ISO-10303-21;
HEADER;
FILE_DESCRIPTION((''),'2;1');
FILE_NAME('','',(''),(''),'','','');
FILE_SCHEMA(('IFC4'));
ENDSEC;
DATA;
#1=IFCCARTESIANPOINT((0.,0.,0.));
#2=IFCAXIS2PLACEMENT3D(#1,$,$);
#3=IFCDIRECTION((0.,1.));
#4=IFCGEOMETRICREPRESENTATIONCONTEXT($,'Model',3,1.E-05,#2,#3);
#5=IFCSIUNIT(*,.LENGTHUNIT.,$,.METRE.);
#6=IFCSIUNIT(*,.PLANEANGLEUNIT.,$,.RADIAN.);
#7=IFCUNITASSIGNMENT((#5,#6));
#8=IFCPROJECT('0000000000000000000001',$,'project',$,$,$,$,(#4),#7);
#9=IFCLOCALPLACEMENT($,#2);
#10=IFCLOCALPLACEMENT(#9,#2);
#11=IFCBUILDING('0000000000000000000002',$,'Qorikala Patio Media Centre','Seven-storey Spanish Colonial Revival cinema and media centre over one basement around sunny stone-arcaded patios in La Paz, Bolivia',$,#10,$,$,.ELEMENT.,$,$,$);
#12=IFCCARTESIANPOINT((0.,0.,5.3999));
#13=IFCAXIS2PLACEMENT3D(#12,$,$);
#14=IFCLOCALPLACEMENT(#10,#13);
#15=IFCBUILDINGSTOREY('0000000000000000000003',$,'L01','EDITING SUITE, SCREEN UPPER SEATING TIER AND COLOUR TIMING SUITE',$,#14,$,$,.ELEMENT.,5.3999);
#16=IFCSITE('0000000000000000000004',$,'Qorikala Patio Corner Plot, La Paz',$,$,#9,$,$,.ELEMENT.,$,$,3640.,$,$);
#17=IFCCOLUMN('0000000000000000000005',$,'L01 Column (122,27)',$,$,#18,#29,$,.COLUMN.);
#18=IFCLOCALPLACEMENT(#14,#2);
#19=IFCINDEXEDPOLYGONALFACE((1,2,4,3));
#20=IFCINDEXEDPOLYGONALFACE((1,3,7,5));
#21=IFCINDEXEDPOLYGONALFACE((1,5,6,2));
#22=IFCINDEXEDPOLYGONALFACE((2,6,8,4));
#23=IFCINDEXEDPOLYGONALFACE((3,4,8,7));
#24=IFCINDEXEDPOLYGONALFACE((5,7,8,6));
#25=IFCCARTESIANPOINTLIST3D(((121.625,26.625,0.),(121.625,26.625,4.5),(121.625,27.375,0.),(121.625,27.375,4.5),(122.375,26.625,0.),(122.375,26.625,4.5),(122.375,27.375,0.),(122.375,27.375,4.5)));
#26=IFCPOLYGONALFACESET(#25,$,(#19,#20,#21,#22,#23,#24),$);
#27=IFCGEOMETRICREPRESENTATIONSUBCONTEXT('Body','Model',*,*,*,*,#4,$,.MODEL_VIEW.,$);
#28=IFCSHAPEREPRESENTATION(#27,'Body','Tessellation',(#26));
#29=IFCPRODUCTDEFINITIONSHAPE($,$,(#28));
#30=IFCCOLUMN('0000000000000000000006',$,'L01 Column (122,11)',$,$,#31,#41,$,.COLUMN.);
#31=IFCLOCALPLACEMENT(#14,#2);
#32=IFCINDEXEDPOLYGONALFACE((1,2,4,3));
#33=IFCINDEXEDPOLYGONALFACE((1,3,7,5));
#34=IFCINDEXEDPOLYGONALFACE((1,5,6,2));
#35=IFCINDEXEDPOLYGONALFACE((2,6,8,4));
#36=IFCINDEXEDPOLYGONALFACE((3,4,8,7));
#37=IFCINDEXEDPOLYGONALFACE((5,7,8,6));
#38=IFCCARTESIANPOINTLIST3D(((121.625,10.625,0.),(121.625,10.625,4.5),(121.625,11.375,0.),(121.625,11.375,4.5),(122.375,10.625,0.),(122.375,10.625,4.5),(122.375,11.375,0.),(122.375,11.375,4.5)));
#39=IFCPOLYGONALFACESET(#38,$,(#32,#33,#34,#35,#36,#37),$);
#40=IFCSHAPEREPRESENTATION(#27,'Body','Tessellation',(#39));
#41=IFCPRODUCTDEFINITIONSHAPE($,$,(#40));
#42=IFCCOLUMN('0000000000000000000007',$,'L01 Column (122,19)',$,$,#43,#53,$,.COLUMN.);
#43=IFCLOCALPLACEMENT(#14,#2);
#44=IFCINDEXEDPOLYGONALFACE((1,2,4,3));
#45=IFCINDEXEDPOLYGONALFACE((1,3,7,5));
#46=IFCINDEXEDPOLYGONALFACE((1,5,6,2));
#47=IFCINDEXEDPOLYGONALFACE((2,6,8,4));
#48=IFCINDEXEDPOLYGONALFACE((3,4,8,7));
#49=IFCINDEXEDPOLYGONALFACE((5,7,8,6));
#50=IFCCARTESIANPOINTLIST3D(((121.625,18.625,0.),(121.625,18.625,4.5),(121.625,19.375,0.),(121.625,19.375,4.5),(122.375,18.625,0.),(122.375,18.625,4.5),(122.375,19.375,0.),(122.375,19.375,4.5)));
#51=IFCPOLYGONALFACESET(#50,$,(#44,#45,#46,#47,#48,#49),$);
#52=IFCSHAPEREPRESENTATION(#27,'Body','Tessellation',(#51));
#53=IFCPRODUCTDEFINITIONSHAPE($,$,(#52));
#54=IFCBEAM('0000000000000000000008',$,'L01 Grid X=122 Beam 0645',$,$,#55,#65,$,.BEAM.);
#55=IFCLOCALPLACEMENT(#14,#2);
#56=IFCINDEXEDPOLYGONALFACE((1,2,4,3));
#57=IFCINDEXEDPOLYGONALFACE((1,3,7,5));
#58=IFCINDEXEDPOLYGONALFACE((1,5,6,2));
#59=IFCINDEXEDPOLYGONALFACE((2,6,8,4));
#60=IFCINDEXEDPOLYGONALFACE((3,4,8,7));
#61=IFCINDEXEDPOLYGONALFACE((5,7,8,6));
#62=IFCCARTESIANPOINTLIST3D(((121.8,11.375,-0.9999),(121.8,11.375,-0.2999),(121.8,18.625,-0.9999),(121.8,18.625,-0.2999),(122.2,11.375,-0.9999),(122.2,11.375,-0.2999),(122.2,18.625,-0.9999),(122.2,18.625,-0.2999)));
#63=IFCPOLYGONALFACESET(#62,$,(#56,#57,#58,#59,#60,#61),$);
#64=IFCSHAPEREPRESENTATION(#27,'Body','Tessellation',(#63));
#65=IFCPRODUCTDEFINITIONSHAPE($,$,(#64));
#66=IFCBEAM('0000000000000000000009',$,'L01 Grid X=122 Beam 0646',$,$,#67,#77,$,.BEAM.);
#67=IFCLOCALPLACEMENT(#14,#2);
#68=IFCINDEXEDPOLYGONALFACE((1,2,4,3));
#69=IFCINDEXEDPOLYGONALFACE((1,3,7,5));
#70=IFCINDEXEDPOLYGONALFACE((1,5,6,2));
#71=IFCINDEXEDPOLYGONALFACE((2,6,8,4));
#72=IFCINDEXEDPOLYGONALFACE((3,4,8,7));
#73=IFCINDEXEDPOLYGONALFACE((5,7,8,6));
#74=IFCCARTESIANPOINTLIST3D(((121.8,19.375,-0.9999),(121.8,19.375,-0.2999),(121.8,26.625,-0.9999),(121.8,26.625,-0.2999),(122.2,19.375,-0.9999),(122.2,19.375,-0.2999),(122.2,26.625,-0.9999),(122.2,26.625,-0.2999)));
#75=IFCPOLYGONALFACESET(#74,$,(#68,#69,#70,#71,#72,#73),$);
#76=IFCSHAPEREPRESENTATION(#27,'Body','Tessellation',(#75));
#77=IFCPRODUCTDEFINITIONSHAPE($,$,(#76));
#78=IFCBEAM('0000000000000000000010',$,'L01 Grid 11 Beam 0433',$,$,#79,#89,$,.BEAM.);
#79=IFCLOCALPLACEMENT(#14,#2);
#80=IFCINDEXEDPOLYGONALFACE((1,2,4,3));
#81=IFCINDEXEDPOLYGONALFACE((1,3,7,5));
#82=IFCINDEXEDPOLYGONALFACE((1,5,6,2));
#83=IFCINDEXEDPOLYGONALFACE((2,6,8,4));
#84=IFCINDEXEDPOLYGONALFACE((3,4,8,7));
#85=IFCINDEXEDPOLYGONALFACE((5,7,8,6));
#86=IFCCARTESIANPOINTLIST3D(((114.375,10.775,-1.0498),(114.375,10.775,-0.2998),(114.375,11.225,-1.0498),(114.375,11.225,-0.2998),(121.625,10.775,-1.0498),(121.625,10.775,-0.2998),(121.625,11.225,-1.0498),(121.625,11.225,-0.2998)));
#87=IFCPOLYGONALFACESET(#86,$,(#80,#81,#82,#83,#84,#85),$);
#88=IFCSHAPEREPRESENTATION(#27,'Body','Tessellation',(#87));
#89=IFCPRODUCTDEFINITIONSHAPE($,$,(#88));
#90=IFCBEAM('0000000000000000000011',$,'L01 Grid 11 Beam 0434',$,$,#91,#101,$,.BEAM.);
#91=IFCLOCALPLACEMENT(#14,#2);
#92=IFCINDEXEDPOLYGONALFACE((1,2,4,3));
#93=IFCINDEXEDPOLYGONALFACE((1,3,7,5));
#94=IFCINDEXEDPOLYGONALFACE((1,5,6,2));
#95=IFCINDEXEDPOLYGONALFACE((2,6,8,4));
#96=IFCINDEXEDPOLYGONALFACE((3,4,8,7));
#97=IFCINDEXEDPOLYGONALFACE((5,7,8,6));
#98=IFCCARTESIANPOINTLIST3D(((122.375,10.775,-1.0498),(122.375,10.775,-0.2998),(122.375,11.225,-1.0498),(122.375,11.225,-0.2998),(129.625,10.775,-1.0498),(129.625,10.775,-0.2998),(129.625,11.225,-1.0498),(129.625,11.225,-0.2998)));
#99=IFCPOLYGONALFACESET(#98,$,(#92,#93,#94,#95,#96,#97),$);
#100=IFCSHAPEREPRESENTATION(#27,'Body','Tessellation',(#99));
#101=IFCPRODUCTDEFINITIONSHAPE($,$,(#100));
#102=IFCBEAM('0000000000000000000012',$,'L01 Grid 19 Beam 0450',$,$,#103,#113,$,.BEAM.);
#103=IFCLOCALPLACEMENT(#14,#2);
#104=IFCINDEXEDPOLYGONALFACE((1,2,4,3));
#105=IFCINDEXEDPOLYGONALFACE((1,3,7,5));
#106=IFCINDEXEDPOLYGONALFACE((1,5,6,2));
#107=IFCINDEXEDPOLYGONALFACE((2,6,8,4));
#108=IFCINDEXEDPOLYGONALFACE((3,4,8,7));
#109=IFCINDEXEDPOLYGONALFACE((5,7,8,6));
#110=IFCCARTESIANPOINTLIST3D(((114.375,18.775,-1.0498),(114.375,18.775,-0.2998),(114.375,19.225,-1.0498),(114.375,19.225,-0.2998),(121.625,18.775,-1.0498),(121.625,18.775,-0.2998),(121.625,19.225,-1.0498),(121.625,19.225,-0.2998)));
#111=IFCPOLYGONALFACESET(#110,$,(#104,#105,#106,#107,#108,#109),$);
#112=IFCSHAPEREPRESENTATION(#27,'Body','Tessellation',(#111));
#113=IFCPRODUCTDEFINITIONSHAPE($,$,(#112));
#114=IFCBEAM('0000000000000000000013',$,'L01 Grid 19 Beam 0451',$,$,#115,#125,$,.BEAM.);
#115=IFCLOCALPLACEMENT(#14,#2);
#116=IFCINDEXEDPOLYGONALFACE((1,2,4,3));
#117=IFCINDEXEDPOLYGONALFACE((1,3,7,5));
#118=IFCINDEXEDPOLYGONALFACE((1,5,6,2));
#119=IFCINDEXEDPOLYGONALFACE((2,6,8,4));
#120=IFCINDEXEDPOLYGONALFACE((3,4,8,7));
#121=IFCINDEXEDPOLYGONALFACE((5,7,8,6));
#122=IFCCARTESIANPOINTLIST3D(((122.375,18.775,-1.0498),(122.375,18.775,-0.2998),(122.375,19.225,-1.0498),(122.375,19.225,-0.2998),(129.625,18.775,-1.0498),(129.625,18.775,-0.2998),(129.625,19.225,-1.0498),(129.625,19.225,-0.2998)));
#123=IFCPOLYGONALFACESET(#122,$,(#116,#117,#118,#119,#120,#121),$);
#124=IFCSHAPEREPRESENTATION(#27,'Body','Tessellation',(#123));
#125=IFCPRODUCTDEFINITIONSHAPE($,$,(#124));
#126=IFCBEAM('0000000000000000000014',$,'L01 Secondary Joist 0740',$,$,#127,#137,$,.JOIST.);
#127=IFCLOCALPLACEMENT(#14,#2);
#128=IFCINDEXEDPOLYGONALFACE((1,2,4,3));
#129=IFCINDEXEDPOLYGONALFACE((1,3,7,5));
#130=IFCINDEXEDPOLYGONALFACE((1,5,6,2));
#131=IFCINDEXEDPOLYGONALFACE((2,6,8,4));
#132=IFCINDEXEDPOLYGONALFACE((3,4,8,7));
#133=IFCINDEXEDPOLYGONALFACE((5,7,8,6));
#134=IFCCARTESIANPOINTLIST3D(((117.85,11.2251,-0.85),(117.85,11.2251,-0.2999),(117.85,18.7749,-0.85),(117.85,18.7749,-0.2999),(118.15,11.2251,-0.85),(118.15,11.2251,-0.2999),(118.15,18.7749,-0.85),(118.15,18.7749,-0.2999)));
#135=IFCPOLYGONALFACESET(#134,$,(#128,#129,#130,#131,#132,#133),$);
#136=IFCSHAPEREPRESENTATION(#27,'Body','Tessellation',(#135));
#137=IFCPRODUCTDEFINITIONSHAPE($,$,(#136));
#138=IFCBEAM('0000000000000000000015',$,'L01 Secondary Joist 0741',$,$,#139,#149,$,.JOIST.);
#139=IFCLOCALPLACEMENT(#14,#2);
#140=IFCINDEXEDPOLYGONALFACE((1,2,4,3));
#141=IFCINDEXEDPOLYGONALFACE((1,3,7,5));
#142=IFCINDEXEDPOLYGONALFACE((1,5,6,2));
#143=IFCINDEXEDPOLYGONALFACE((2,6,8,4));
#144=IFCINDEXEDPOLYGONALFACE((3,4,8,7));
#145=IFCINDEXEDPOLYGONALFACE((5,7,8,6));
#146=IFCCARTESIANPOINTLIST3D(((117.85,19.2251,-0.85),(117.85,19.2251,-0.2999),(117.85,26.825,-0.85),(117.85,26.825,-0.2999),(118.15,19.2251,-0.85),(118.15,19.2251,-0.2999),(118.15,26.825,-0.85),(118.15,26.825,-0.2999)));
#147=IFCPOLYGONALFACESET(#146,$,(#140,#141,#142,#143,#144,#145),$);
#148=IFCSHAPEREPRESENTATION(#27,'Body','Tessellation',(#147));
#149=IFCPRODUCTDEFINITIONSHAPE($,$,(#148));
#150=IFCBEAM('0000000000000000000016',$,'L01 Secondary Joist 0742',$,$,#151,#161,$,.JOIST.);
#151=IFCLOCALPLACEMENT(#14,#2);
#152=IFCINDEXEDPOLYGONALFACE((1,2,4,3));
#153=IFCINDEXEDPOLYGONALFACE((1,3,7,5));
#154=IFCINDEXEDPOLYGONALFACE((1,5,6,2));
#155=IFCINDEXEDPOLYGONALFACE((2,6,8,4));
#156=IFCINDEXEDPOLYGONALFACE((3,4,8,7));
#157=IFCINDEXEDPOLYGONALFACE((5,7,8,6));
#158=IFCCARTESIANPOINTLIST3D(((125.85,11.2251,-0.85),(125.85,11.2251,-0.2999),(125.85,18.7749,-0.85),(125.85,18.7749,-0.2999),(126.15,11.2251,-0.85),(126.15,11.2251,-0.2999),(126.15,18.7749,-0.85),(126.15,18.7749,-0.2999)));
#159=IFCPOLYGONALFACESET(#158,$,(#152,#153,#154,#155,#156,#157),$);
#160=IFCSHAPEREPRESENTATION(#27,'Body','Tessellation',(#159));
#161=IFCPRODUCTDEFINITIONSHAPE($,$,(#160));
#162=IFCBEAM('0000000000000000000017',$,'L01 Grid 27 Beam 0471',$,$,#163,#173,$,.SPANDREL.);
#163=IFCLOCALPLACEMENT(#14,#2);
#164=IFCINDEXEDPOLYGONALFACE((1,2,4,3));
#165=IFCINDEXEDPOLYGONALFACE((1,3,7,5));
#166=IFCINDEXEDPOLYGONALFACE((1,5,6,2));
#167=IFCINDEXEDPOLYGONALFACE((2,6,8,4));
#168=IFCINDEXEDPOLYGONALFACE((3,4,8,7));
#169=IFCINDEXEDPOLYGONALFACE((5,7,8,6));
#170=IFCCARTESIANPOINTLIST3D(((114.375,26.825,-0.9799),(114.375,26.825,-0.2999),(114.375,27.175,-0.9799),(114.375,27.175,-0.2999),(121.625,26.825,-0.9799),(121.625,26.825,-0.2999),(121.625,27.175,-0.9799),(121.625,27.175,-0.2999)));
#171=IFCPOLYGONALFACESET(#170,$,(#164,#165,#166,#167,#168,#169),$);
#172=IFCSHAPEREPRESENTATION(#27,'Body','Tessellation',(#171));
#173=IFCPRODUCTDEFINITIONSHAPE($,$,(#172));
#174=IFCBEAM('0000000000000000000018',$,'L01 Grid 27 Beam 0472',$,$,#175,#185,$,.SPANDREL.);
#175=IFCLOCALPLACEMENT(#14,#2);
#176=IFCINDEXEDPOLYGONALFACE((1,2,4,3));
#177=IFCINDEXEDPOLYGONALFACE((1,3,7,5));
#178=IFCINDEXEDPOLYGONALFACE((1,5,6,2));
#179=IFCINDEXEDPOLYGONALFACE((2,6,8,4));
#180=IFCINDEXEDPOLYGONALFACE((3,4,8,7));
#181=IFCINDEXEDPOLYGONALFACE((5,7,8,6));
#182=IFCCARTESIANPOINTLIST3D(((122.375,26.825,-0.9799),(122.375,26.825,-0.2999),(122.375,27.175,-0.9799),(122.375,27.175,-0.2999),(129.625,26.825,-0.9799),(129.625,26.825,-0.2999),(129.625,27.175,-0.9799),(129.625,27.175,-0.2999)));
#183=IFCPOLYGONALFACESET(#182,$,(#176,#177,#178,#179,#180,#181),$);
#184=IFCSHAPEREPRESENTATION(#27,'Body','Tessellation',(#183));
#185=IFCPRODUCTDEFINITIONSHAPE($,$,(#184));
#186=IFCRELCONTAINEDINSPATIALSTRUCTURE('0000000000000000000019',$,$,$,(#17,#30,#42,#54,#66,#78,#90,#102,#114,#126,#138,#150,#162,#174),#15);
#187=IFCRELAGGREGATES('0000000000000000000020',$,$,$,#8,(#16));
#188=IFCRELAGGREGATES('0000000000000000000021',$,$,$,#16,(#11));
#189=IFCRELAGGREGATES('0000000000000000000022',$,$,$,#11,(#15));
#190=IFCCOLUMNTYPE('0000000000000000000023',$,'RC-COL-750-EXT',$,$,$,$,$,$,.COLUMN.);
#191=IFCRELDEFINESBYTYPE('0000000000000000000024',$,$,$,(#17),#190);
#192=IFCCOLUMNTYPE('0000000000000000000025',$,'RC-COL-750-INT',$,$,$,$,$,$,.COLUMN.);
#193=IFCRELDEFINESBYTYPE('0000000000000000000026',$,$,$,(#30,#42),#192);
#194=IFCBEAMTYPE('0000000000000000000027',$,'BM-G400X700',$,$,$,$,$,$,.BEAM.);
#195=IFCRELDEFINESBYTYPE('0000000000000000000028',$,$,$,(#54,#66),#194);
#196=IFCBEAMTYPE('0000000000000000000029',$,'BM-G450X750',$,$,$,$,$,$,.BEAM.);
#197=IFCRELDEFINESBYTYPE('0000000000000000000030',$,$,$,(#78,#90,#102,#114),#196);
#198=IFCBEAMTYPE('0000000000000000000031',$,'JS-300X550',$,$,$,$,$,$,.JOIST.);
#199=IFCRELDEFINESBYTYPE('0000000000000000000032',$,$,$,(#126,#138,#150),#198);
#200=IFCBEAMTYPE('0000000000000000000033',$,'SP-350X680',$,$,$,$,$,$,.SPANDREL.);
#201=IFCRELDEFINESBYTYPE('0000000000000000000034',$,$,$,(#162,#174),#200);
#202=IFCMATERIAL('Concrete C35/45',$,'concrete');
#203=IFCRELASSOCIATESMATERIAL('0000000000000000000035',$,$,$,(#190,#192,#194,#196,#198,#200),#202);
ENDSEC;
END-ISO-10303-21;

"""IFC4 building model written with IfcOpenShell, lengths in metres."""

from ifc_helpers import new_model, si_unit, direction, frame, origin, origin_2d, place, context, subcontext, project, spatial, rectangle, extrude, material, material_profile, profile_set, type_object, element, save


model = new_model("IFC4")

# Units and contexts
model_context = context("Model", 3, precision=1e-05, world=origin(), true_north=direction((0.0, 1.0)))
body_context = subcontext(model_context, "Body", "Model", "MODEL_VIEW")
ifc_project = project(units=[si_unit("LENGTHUNIT", "METRE"), si_unit("PLANEANGLEUNIT", "RADIAN")], contexts=[model_context])

# Site, building, storey
site_placement = place(None, origin())
site = spatial("IfcSite", under=ifc_project, at=site_placement, Name="Qorikala Patio Corner Plot, La Paz", CompositionType="ELEMENT", RefElevation=3640.0)
building_placement = place(site_placement, origin())
building = spatial("IfcBuilding", under=site, at=building_placement, Name="Qorikala Patio Media Centre", Description="Seven-storey Spanish Colonial Revival cinema and media centre over one basement around sunny stone-arcaded patios in La Paz, Bolivia", CompositionType="ELEMENT")
storey_placement = place(building_placement, frame((0.0, 0.0, 5.3999)))
storey = spatial("IfcBuildingStorey", under=building, at=storey_placement, Name="L01", Description="EDITING SUITE, SCREEN UPPER SEATING TIER AND COLOUR TIMING SUITE", CompositionType="ELEMENT", Elevation=5.3999)

# Columns
ifc_material_1 = material(Name="Concrete C35/45", Category="concrete")
ifc_material_profile_1 = material_profile(ifc_material_1, rectangle(XDim=0.75, YDim=0.75, at=origin_2d()), Name="RC 750x750")
ifc_profile_set_1 = profile_set([ifc_material_profile_1], Name="Concrete C35/45")
column_type_1 = type_object("IfcColumnType", Name="RC-COL-750-EXT", PredefinedType="COLUMN", material=ifc_profile_set_1)
column_placement = place(storey_placement, frame((122.0, 27.0, 0.0), z_axis=(0.0, 0.0, 1.0), x_axis=(1.0, 0.0, 0.0)))
element("IfcColumn", 1, at=column_placement, inside=storey, type_object=column_type_1, Name="L01 Column (122,27)", PredefinedType="COLUMN", context=body_context, shape_type="SweptSolid", body=[
    extrude(rectangle(XDim=0.75, YDim=0.75, at=origin_2d()), origin(), (0.0, 0.0, 1.0), 4.5),
])
ifc_material_profile_2 = material_profile(ifc_material_1, rectangle(XDim=0.75, YDim=0.75, at=origin_2d()), Name="RC 750x750")
ifc_profile_set_2 = profile_set([ifc_material_profile_2], Name="Concrete C35/45")
column_type_2 = type_object("IfcColumnType", Name="RC-COL-750-INT", PredefinedType="COLUMN", material=ifc_profile_set_2)
for number, where, z_axis, x_axis, name in (
    (2, (122.0, 11.0, 0.0), (0.0, 0.0, 1.0), (1.0, 0.0, 0.0), "L01 Column (122,11)"),
    (3, (122.0, 19.0, 0.0), (0.0, 0.0, 1.0), (1.0, 0.0, 0.0), "L01 Column (122,19)"),
):
    element("IfcColumn", number, at=place(storey_placement, frame(where, z_axis=z_axis, x_axis=x_axis)), inside=storey, type_object=column_type_2, Name=name, PredefinedType="COLUMN", context=body_context, shape_type="SweptSolid", body=[
        extrude(rectangle(XDim=0.75, YDim=0.75, at=origin_2d()), origin(), (0.0, 0.0, 1.0), 4.5),
    ])

# Beams
ifc_material_profile_3 = material_profile(ifc_material_1, rectangle(XDim=0.3999, YDim=0.7, at=origin_2d()), Name="RC 400x700")
ifc_profile_set_3 = profile_set([ifc_material_profile_3], Name="Concrete C35/45")
beam_type_1 = type_object("IfcBeamType", Name="BM-G400X700", PredefinedType="BEAM", material=ifc_profile_set_3)
for number, where, z_axis, x_axis, name in (
    (4, (122.0, 11.375, -0.6499), (0.0, 1.0, 0.0), (-1.0, 0.0, 0.0), "L01 Grid X=122 Beam 0645"),
    (5, (122.0, 19.375, -0.6499), (0.0, 1.0, 0.0), (-1.0, 0.0, 0.0), "L01 Grid X=122 Beam 0646"),
):
    element("IfcBeam", number, at=place(storey_placement, frame(where, z_axis=z_axis, x_axis=x_axis)), inside=storey, type_object=beam_type_1, Name=name, PredefinedType="BEAM", context=body_context, shape_type="SweptSolid", body=[
        extrude(rectangle(XDim=0.3999, YDim=0.7, at=origin_2d()), origin(), (0.0, 0.0, 1.0), 7.25),
    ])
ifc_material_profile_4 = material_profile(ifc_material_1, rectangle(XDim=0.45, YDim=0.75, at=origin_2d()), Name="RC 450x750")
ifc_profile_set_4 = profile_set([ifc_material_profile_4], Name="Concrete C35/45")
beam_type_2 = type_object("IfcBeamType", Name="BM-G450X750", PredefinedType="BEAM", material=ifc_profile_set_4)
for number, where, z_axis, x_axis, name in (
    (6, (114.375, 11.0, -0.6748), (1.0, 0.0, 0.0), (0.0, 1.0, 0.0), "L01 Grid 11 Beam 0433"),
    (7, (122.375, 11.0, -0.6748), (1.0, 0.0, 0.0), (0.0, 1.0, 0.0), "L01 Grid 11 Beam 0434"),
    (8, (114.375, 19.0, -0.6748), (1.0, 0.0, 0.0), (0.0, 1.0, 0.0), "L01 Grid 19 Beam 0450"),
    (9, (122.375, 19.0, -0.6748), (1.0, 0.0, 0.0), (0.0, 1.0, 0.0), "L01 Grid 19 Beam 0451"),
):
    element("IfcBeam", number, at=place(storey_placement, frame(where, z_axis=z_axis, x_axis=x_axis)), inside=storey, type_object=beam_type_2, Name=name, PredefinedType="BEAM", context=body_context, shape_type="SweptSolid", body=[
        extrude(rectangle(XDim=0.45, YDim=0.75, at=origin_2d()), origin(), (0.0, 0.0, 1.0), 7.25),
    ])
ifc_material_profile_5 = material_profile(ifc_material_1, rectangle(XDim=0.3, YDim=0.55, at=origin_2d()), Name="RC 300x550")
ifc_profile_set_5 = profile_set([ifc_material_profile_5], Name="Concrete C35/45")
beam_type_3 = type_object("IfcBeamType", Name="JS-300X550", PredefinedType="JOIST", material=ifc_profile_set_5)
beam_1_placement = place(storey_placement, frame((118.0, 11.2251, -0.575), z_axis=(0.0, 1.0, 0.0), x_axis=(-1.0, 0.0, 0.0)))
element("IfcBeam", 10, at=beam_1_placement, inside=storey, type_object=beam_type_3, Name="L01 Secondary Joist 0740", PredefinedType="JOIST", context=body_context, shape_type="SweptSolid", body=[
    extrude(rectangle(XDim=0.3, YDim=0.55, at=origin_2d()), origin(), (0.0, 0.0, 1.0), 7.5498),
])
beam_2_placement = place(storey_placement, frame((118.0, 19.2251, -0.575), z_axis=(0.0, 1.0, 0.0), x_axis=(-1.0, 0.0, 0.0)))
element("IfcBeam", 11, at=beam_2_placement, inside=storey, type_object=beam_type_3, Name="L01 Secondary Joist 0741", PredefinedType="JOIST", context=body_context, shape_type="SweptSolid", body=[
    extrude(rectangle(XDim=0.3, YDim=0.55, at=origin_2d()), origin(), (0.0, 0.0, 1.0), 7.5999),
])
beam_3_placement = place(storey_placement, frame((126.0, 11.2251, -0.575), z_axis=(0.0, 1.0, 0.0), x_axis=(-1.0, 0.0, 0.0)))
element("IfcBeam", 12, at=beam_3_placement, inside=storey, type_object=beam_type_3, Name="L01 Secondary Joist 0742", PredefinedType="JOIST", context=body_context, shape_type="SweptSolid", body=[
    extrude(rectangle(XDim=0.3, YDim=0.55, at=origin_2d()), origin(), (0.0, 0.0, 1.0), 7.5498),
])
ifc_material_profile_6 = material_profile(ifc_material_1, rectangle(XDim=0.3501, YDim=0.6799, at=origin_2d()), Name="RC 350x680")
ifc_profile_set_6 = profile_set([ifc_material_profile_6], Name="Concrete C35/45")
beam_type_4 = type_object("IfcBeamType", Name="SP-350X680", PredefinedType="SPANDREL", material=ifc_profile_set_6)
for number, where, z_axis, x_axis, name in (
    (13, (114.375, 27.0, -0.6399), (1.0, 0.0, 0.0), (0.0, 1.0, 0.0), "L01 Grid 27 Beam 0471"),
    (14, (122.375, 27.0, -0.6399), (1.0, 0.0, 0.0), (0.0, 1.0, 0.0), "L01 Grid 27 Beam 0472"),
):
    element("IfcBeam", number, at=place(storey_placement, frame(where, z_axis=z_axis, x_axis=x_axis)), inside=storey, type_object=beam_type_4, Name=name, PredefinedType="SPANDREL", context=body_context, shape_type="SweptSolid", body=[
        extrude(rectangle(XDim=0.3501, YDim=0.6799, at=origin_2d()), origin(), (0.0, 0.0, 1.0), 7.25),
    ])

save(model, "model.ifc")
